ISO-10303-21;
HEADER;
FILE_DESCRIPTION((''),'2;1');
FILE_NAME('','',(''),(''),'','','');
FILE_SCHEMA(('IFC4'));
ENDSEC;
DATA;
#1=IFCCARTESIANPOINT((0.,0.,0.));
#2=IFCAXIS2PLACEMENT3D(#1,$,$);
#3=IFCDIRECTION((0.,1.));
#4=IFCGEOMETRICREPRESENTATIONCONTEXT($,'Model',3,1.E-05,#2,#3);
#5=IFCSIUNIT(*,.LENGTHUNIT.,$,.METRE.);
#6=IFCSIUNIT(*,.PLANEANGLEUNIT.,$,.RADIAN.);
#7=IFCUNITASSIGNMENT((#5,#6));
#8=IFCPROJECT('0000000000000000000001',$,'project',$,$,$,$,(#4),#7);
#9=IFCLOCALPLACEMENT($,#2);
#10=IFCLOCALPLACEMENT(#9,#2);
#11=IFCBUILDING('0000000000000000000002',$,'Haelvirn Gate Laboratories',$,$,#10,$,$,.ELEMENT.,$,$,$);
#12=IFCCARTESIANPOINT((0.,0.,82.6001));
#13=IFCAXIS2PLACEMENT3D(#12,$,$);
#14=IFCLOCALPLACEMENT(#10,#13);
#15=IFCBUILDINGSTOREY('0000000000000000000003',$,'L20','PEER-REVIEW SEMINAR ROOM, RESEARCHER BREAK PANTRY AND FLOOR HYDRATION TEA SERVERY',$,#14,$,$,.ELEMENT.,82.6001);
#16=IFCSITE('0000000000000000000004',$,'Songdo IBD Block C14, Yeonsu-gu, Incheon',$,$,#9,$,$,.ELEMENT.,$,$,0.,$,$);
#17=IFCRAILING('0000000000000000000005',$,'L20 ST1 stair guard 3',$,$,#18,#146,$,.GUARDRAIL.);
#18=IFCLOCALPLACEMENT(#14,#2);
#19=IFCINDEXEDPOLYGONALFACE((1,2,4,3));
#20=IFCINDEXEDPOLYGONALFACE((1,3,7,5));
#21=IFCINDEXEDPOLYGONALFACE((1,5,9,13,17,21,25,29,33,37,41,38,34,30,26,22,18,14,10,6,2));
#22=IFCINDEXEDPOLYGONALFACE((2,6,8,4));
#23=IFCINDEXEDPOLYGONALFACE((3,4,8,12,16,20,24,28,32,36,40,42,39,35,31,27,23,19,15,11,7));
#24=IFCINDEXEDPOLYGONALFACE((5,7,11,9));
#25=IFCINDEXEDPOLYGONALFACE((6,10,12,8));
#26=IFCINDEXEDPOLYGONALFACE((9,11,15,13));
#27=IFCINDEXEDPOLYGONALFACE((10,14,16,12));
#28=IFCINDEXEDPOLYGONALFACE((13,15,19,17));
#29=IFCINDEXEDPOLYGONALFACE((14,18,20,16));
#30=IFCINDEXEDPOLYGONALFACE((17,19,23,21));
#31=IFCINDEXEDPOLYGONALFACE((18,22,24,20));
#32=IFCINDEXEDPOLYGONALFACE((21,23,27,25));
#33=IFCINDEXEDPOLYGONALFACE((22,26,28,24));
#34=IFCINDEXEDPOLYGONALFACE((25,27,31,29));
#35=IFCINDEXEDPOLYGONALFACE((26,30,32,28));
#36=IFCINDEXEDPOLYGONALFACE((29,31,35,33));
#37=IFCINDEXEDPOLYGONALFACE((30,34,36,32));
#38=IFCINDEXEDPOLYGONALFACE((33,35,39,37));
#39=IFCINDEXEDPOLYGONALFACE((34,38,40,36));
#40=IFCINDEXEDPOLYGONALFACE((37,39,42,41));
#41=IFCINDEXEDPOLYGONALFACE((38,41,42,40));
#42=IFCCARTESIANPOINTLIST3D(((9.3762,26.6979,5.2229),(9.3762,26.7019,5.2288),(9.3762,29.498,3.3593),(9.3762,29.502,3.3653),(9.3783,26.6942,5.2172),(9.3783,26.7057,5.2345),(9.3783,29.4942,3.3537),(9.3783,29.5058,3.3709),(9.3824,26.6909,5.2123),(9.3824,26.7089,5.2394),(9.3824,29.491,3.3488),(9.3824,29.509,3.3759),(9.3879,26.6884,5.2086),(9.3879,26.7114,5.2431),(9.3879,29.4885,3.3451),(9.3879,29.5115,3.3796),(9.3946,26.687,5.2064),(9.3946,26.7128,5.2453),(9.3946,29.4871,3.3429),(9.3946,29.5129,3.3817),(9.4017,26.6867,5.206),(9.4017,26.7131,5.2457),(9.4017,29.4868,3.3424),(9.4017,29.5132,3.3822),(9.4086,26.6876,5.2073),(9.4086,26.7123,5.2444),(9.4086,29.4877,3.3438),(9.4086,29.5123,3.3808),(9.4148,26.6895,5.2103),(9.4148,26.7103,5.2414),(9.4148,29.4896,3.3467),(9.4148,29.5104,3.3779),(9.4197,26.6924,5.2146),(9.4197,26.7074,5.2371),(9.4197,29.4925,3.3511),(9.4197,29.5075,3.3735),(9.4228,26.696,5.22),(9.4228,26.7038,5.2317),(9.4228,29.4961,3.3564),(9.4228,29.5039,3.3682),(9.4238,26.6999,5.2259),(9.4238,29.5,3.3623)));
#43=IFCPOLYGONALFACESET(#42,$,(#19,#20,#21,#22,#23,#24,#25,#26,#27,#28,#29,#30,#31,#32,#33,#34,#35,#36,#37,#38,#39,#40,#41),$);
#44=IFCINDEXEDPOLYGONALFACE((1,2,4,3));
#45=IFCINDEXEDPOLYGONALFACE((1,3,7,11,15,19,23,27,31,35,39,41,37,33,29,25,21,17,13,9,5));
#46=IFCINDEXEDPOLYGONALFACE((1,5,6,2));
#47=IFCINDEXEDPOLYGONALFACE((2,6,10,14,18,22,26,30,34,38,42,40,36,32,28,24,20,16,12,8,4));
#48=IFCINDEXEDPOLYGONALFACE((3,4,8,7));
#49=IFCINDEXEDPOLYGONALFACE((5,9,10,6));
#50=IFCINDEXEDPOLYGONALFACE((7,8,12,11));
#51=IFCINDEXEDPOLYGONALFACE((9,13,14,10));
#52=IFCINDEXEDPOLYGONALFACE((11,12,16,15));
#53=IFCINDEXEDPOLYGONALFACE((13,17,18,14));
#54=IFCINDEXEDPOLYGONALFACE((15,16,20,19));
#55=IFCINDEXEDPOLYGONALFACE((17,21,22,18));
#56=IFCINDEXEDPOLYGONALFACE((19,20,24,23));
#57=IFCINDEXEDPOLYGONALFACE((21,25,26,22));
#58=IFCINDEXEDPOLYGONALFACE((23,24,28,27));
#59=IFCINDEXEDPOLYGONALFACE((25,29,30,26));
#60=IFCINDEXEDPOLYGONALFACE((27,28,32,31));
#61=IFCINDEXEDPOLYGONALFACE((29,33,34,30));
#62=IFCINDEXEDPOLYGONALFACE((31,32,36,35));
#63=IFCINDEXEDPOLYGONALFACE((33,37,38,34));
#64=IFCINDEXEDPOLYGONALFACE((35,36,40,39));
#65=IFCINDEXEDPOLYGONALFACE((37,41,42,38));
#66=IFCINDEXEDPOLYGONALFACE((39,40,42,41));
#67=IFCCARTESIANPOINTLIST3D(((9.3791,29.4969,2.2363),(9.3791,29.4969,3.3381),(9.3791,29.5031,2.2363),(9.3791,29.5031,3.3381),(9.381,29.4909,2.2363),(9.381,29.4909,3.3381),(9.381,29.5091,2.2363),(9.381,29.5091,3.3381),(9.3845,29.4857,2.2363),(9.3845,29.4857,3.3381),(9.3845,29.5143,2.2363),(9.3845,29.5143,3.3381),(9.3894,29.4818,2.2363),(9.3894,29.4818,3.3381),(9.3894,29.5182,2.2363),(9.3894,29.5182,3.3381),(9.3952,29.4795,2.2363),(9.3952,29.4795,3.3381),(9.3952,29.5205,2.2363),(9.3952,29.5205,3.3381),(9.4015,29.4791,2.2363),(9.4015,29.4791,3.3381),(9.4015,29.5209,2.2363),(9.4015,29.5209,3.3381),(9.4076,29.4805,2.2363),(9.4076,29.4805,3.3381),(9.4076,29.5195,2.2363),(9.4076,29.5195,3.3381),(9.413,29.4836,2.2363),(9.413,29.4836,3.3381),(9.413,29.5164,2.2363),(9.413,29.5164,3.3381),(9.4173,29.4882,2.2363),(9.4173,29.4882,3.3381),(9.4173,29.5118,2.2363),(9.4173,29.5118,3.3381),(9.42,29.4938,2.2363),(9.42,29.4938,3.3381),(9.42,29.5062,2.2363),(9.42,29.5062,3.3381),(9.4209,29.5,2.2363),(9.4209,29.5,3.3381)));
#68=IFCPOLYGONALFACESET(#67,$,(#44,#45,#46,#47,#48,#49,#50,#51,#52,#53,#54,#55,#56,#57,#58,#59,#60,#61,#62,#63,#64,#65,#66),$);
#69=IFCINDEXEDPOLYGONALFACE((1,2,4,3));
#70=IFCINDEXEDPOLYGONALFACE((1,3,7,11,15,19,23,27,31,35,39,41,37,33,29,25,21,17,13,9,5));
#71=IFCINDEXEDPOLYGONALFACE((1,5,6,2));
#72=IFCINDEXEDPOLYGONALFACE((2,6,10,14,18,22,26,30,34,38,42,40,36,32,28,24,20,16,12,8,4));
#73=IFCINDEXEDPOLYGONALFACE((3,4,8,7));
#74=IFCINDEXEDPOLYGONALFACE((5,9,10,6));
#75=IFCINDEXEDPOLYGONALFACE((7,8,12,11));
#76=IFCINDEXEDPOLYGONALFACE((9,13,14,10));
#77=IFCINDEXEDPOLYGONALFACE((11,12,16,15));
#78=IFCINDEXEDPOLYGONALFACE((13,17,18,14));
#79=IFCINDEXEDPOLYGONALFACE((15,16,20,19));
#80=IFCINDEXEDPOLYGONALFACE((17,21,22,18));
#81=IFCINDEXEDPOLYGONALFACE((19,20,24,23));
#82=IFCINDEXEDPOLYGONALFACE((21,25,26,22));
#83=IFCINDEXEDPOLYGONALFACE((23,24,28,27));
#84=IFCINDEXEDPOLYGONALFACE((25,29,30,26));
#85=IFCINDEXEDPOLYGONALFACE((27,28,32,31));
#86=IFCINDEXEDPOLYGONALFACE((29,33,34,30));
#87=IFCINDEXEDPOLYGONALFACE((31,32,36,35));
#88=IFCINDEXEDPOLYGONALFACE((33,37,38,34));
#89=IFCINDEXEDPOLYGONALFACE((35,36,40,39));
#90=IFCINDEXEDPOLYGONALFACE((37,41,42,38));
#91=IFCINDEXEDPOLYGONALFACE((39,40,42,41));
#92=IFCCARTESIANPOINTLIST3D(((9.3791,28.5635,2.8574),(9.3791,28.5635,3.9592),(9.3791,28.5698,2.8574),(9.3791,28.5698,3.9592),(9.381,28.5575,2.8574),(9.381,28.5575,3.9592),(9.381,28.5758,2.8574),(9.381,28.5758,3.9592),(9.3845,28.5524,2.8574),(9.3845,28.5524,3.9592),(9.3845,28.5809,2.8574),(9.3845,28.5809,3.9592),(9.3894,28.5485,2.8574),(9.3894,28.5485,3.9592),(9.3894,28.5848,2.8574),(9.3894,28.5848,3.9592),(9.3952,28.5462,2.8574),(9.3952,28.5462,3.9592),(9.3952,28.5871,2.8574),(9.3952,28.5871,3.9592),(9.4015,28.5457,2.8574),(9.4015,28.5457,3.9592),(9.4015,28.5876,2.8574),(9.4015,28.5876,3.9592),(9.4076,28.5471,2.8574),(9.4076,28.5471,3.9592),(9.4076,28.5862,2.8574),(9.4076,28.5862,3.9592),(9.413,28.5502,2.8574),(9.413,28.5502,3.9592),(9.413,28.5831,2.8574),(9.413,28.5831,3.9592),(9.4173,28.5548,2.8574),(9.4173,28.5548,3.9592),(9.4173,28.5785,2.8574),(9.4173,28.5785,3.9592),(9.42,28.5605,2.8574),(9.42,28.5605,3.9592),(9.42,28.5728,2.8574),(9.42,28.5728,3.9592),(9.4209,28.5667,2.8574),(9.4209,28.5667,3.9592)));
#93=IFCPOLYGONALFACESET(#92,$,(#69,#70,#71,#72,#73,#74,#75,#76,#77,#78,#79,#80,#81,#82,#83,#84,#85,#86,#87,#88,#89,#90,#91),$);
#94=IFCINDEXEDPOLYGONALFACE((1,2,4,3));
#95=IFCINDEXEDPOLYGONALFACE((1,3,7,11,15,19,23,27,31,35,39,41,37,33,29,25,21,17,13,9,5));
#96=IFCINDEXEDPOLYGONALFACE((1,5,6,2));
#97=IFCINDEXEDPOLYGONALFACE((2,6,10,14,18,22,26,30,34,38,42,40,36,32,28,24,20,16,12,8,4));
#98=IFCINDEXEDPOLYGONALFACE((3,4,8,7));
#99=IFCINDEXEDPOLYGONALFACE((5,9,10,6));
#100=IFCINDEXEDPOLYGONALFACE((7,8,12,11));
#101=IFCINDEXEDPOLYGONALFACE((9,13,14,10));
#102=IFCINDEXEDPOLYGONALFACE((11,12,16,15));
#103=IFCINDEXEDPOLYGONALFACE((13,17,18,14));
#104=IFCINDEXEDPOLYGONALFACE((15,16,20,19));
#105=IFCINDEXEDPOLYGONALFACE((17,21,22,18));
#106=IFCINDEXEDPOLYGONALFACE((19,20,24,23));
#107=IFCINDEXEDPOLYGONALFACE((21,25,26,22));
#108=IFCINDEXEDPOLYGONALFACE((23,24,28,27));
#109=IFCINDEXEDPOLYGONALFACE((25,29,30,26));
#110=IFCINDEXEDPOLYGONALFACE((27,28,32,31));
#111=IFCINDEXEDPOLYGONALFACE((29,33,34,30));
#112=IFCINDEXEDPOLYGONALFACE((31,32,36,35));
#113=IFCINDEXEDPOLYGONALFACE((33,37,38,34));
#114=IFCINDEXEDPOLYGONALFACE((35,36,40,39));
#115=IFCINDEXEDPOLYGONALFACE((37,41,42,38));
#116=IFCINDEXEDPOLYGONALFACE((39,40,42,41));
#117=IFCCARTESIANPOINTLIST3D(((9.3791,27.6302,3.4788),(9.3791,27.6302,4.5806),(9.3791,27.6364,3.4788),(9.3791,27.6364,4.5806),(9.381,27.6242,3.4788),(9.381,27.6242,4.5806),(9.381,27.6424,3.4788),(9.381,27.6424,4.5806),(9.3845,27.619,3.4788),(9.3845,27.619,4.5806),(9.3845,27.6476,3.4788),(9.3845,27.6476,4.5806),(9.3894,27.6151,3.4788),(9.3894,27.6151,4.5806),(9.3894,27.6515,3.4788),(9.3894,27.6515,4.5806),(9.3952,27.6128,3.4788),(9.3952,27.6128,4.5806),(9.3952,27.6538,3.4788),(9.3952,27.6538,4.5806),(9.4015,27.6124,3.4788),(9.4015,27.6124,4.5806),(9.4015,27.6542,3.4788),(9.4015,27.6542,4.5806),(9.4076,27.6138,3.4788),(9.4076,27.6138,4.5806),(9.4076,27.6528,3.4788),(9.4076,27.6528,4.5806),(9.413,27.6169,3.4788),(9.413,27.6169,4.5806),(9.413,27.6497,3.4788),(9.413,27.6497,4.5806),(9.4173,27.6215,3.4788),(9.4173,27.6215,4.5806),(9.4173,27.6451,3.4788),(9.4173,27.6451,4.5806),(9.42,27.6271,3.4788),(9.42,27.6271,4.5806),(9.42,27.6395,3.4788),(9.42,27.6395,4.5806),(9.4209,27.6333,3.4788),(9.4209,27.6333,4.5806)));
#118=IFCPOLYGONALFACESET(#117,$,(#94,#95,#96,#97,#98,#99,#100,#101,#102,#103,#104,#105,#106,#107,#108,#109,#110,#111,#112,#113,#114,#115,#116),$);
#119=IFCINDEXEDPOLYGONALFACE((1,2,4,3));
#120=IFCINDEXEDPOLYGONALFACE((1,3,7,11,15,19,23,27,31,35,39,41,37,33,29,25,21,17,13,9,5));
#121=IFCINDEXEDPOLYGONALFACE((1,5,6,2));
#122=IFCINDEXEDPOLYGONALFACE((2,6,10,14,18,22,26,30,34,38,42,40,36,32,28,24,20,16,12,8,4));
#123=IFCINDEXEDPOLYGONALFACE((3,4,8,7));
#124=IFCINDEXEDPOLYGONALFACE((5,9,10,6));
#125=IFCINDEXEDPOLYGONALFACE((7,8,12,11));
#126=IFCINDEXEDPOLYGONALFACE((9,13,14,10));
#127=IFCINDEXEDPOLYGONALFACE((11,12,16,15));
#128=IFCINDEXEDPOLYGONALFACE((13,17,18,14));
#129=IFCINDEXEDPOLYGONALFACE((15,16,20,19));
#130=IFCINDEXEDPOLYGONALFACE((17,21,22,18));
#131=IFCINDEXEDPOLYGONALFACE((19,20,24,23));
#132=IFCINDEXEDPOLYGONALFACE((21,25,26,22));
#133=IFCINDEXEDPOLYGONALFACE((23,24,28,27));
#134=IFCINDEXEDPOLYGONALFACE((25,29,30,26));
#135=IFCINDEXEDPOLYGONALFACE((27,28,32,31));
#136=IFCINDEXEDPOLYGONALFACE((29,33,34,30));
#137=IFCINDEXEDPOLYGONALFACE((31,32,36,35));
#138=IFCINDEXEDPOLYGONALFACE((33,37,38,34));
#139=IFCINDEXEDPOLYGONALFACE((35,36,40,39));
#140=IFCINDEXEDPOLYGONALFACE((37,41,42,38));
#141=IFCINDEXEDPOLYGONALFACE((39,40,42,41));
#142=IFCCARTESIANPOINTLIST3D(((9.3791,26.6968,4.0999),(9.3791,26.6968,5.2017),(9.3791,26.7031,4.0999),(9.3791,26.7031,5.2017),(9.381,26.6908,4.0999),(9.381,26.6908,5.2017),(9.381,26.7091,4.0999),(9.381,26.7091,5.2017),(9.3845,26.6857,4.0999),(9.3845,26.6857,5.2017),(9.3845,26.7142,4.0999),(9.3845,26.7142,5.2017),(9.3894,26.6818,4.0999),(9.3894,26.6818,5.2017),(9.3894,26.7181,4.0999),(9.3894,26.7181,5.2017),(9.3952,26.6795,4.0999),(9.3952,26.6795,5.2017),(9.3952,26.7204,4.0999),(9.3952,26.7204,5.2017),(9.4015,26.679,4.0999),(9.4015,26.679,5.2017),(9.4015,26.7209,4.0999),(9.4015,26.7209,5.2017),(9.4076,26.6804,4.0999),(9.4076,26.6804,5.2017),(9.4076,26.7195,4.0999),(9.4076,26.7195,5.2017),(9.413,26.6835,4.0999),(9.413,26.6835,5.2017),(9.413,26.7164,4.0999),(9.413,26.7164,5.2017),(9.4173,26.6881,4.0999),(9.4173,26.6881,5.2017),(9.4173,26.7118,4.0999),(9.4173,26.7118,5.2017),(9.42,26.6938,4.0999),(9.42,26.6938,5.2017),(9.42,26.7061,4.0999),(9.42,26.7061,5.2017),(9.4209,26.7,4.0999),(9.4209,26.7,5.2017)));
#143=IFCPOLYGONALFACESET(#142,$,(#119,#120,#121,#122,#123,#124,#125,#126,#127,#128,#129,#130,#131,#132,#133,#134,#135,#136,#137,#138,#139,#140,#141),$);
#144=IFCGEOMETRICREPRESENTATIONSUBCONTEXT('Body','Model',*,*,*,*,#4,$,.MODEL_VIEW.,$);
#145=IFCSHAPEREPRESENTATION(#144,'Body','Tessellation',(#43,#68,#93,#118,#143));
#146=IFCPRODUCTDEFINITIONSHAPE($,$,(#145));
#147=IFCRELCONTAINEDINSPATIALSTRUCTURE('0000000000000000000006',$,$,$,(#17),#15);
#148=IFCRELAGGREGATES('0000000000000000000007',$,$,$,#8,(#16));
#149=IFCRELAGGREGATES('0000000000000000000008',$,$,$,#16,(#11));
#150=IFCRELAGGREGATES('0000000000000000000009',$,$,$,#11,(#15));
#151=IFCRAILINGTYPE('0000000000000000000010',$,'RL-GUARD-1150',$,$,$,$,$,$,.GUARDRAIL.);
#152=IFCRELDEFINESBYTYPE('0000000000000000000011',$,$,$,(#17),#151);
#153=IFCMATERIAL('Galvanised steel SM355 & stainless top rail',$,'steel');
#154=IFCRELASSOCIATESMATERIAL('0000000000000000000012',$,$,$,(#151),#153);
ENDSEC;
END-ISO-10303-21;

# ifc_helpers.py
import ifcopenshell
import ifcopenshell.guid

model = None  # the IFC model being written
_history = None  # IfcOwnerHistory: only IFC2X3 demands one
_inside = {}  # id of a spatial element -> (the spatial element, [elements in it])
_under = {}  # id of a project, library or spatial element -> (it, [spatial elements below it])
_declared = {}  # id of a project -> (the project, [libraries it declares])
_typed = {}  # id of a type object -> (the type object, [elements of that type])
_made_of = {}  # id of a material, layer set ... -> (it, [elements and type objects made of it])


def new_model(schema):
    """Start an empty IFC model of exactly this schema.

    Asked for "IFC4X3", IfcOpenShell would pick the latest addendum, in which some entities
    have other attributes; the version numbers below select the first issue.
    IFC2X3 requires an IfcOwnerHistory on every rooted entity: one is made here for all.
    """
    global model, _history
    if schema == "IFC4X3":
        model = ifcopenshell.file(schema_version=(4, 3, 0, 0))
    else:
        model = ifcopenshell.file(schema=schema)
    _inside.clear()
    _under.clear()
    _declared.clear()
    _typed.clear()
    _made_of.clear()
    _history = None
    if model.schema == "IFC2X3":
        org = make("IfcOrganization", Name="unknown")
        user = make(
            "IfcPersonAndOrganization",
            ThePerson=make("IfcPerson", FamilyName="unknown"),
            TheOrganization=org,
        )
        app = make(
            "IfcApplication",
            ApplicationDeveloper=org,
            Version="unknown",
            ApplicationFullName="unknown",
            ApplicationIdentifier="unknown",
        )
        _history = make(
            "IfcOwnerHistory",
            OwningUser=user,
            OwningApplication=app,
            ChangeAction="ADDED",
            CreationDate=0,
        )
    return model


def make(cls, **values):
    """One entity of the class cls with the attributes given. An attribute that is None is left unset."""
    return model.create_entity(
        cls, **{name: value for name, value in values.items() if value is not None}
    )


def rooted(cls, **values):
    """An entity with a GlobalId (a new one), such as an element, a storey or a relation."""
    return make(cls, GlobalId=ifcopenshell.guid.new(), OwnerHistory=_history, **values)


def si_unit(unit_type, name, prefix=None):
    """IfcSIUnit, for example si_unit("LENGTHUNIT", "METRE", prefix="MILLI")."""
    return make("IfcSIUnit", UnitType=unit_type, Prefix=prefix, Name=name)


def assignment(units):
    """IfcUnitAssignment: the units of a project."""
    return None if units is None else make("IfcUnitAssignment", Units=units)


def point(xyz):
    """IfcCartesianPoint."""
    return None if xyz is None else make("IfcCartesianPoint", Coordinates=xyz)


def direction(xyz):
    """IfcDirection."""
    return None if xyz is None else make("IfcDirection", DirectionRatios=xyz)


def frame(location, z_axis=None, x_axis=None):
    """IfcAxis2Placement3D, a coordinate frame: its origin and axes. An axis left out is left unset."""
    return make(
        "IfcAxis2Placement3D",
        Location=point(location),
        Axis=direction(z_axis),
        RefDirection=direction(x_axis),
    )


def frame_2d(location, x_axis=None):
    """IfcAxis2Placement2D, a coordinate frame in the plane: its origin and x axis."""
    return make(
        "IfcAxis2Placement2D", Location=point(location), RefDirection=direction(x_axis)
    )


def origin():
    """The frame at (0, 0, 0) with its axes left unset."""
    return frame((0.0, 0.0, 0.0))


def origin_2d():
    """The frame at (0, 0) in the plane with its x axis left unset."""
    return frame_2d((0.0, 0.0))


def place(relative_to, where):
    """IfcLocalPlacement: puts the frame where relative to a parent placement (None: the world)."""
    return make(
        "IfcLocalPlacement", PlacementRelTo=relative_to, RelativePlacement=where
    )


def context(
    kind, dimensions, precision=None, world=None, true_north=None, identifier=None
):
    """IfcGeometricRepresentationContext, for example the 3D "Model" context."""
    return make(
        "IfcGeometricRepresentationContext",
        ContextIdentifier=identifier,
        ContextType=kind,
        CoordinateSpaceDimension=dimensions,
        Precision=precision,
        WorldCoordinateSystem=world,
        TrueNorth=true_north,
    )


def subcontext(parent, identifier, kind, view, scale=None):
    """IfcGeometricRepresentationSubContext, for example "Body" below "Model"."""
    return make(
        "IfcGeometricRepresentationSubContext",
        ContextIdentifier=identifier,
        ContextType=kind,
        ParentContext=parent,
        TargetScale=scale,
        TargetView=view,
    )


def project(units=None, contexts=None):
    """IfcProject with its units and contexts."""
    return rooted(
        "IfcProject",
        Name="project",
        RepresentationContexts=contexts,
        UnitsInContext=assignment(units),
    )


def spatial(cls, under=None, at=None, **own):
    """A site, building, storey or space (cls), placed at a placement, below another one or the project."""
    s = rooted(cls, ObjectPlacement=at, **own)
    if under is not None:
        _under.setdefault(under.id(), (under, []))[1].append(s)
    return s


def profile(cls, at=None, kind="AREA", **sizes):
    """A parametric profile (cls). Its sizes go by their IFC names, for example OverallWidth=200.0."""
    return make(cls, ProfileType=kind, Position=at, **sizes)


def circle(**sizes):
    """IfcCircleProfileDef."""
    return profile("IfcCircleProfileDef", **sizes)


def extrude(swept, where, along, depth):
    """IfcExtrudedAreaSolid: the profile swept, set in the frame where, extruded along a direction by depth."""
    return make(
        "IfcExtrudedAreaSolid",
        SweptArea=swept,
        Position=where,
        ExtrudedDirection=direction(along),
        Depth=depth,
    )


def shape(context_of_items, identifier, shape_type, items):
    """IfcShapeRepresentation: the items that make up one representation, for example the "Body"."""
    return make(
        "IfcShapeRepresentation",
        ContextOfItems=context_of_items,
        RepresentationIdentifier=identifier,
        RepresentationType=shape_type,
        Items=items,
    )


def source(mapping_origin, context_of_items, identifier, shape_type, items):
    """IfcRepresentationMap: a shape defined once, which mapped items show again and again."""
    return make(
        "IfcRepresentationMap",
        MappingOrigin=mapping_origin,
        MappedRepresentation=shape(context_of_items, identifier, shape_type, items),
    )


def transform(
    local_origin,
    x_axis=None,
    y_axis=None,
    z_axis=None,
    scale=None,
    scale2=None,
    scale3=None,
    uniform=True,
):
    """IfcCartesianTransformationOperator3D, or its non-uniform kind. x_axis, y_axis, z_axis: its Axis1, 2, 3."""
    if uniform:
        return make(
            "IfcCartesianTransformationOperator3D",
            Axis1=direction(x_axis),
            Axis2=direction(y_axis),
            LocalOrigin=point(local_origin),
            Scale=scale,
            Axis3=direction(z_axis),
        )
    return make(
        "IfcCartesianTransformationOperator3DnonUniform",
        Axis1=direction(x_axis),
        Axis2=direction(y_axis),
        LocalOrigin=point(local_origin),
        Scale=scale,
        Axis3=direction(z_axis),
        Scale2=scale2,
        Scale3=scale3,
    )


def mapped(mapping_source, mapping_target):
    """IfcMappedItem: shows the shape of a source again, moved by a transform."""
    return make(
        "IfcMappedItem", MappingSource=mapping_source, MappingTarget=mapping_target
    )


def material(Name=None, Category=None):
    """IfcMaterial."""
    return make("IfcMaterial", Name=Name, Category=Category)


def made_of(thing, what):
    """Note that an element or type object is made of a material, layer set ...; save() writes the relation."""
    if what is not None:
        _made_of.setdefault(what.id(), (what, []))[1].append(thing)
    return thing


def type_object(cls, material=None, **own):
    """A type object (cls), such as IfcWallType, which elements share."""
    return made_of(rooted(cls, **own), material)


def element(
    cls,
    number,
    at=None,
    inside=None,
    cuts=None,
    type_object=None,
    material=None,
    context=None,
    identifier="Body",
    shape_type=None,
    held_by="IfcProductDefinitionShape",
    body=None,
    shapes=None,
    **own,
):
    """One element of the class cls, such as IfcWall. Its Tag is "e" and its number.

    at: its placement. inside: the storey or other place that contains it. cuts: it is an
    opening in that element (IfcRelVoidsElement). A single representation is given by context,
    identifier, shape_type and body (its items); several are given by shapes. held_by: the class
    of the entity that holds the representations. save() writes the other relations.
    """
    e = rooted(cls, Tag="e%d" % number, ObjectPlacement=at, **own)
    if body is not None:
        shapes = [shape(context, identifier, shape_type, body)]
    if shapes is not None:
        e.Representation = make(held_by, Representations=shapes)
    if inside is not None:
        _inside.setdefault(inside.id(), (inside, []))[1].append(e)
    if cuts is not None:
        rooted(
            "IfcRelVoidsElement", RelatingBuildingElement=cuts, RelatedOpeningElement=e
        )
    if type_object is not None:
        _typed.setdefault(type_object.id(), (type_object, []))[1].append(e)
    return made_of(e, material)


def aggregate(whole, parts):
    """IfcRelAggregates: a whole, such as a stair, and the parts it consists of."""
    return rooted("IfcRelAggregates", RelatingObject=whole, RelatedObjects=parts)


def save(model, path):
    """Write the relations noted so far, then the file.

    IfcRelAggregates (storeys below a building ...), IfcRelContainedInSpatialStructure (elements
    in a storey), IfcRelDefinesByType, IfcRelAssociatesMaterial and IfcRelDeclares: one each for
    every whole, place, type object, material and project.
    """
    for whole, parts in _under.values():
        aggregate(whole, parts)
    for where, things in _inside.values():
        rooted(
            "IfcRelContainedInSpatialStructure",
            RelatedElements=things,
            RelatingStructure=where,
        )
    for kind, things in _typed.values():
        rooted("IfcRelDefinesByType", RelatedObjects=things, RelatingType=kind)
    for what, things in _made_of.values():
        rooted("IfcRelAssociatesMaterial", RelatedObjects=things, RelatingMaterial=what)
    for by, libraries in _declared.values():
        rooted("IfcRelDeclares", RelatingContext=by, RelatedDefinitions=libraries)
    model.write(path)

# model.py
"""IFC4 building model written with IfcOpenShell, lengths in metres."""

from ifc_helpers import new_model, si_unit, direction, frame, origin, origin_2d, place, context, subcontext, project, spatial, circle, extrude, source, transform, mapped, material, type_object, element, save


model = new_model("IFC4")

# Units and contexts
model_context = context("Model", 3, precision=1e-05, world=origin(), true_north=direction((0.0, 1.0)))
body_context = subcontext(model_context, "Body", "Model", "MODEL_VIEW")
ifc_project = project(units=[si_unit("LENGTHUNIT", "METRE"), si_unit("PLANEANGLEUNIT", "RADIAN")], contexts=[model_context])

# Site, building, storey
site_placement = place(None, origin())
site = spatial("IfcSite", under=ifc_project, at=site_placement, Name="Songdo IBD Block C14, Yeonsu-gu, Incheon", CompositionType="ELEMENT", RefElevation=0.0)
building_placement = place(site_placement, origin())
building = spatial("IfcBuilding", under=site, at=building_placement, Name="Haelvirn Gate Laboratories", CompositionType="ELEMENT")
storey_placement = place(building_placement, frame((0.0, 0.0, 82.6001)))
storey = spatial("IfcBuildingStorey", under=building, at=storey_placement, Name="L20", Description="PEER-REVIEW SEMINAR ROOM, RESEARCHER BREAK PANTRY AND FLOOR HYDRATION TEA SERVERY", CompositionType="ELEMENT", Elevation=82.6001)

# Railing
ifc_material_1 = material(Name="Galvanised steel SM355 & stainless top rail", Category="steel")
railing_type_1 = type_object("IfcRailingType", Name="RL-GUARD-1150", PredefinedType="GUARDRAIL", material=ifc_material_1)
shared_shape_1 = source(origin(), body_context, "Body", "SweptSolid", [
    extrude(circle(Radius=0.0239, at=origin_2d()), frame((0.0, 0.0, 1.126), z_axis=(0.0, -0.832486, 0.554047), x_axis=(1.0, 0.0, 0.0)), (0.0, 0.0, 1.0), 3.3635),
    extrude(circle(Radius=0.021, at=origin_2d()), origin(), (0.0, 0.0, 1.0), 1.1018),
    extrude(circle(Radius=0.021, at=origin_2d()), frame((0.0, -0.9333, 0.6211)), (0.0, 0.0, 1.0), 1.1018),
    extrude(circle(Radius=0.021, at=origin_2d()), frame((0.0, -1.8667, 1.2424)), (0.0, 0.0, 1.0), 1.1018),
    extrude(circle(Radius=0.021, at=origin_2d()), frame((0.0, -2.8, 1.8635)), (0.0, 0.0, 1.0), 1.1018),
])
railing_1_placement = place(storey_placement, frame((9.3999, 29.5, 2.2363)))
element("IfcRailing", 1, at=railing_1_placement, inside=storey, type_object=railing_type_1, Name="L20 ST1 stair guard 3", PredefinedType="GUARDRAIL", context=body_context, shape_type="MappedRepresentation", body=[
    mapped(shared_shape_1, transform((0.0, 0.0, 0.0), scale=1.0)),
])

save(model, "model.ifc")
